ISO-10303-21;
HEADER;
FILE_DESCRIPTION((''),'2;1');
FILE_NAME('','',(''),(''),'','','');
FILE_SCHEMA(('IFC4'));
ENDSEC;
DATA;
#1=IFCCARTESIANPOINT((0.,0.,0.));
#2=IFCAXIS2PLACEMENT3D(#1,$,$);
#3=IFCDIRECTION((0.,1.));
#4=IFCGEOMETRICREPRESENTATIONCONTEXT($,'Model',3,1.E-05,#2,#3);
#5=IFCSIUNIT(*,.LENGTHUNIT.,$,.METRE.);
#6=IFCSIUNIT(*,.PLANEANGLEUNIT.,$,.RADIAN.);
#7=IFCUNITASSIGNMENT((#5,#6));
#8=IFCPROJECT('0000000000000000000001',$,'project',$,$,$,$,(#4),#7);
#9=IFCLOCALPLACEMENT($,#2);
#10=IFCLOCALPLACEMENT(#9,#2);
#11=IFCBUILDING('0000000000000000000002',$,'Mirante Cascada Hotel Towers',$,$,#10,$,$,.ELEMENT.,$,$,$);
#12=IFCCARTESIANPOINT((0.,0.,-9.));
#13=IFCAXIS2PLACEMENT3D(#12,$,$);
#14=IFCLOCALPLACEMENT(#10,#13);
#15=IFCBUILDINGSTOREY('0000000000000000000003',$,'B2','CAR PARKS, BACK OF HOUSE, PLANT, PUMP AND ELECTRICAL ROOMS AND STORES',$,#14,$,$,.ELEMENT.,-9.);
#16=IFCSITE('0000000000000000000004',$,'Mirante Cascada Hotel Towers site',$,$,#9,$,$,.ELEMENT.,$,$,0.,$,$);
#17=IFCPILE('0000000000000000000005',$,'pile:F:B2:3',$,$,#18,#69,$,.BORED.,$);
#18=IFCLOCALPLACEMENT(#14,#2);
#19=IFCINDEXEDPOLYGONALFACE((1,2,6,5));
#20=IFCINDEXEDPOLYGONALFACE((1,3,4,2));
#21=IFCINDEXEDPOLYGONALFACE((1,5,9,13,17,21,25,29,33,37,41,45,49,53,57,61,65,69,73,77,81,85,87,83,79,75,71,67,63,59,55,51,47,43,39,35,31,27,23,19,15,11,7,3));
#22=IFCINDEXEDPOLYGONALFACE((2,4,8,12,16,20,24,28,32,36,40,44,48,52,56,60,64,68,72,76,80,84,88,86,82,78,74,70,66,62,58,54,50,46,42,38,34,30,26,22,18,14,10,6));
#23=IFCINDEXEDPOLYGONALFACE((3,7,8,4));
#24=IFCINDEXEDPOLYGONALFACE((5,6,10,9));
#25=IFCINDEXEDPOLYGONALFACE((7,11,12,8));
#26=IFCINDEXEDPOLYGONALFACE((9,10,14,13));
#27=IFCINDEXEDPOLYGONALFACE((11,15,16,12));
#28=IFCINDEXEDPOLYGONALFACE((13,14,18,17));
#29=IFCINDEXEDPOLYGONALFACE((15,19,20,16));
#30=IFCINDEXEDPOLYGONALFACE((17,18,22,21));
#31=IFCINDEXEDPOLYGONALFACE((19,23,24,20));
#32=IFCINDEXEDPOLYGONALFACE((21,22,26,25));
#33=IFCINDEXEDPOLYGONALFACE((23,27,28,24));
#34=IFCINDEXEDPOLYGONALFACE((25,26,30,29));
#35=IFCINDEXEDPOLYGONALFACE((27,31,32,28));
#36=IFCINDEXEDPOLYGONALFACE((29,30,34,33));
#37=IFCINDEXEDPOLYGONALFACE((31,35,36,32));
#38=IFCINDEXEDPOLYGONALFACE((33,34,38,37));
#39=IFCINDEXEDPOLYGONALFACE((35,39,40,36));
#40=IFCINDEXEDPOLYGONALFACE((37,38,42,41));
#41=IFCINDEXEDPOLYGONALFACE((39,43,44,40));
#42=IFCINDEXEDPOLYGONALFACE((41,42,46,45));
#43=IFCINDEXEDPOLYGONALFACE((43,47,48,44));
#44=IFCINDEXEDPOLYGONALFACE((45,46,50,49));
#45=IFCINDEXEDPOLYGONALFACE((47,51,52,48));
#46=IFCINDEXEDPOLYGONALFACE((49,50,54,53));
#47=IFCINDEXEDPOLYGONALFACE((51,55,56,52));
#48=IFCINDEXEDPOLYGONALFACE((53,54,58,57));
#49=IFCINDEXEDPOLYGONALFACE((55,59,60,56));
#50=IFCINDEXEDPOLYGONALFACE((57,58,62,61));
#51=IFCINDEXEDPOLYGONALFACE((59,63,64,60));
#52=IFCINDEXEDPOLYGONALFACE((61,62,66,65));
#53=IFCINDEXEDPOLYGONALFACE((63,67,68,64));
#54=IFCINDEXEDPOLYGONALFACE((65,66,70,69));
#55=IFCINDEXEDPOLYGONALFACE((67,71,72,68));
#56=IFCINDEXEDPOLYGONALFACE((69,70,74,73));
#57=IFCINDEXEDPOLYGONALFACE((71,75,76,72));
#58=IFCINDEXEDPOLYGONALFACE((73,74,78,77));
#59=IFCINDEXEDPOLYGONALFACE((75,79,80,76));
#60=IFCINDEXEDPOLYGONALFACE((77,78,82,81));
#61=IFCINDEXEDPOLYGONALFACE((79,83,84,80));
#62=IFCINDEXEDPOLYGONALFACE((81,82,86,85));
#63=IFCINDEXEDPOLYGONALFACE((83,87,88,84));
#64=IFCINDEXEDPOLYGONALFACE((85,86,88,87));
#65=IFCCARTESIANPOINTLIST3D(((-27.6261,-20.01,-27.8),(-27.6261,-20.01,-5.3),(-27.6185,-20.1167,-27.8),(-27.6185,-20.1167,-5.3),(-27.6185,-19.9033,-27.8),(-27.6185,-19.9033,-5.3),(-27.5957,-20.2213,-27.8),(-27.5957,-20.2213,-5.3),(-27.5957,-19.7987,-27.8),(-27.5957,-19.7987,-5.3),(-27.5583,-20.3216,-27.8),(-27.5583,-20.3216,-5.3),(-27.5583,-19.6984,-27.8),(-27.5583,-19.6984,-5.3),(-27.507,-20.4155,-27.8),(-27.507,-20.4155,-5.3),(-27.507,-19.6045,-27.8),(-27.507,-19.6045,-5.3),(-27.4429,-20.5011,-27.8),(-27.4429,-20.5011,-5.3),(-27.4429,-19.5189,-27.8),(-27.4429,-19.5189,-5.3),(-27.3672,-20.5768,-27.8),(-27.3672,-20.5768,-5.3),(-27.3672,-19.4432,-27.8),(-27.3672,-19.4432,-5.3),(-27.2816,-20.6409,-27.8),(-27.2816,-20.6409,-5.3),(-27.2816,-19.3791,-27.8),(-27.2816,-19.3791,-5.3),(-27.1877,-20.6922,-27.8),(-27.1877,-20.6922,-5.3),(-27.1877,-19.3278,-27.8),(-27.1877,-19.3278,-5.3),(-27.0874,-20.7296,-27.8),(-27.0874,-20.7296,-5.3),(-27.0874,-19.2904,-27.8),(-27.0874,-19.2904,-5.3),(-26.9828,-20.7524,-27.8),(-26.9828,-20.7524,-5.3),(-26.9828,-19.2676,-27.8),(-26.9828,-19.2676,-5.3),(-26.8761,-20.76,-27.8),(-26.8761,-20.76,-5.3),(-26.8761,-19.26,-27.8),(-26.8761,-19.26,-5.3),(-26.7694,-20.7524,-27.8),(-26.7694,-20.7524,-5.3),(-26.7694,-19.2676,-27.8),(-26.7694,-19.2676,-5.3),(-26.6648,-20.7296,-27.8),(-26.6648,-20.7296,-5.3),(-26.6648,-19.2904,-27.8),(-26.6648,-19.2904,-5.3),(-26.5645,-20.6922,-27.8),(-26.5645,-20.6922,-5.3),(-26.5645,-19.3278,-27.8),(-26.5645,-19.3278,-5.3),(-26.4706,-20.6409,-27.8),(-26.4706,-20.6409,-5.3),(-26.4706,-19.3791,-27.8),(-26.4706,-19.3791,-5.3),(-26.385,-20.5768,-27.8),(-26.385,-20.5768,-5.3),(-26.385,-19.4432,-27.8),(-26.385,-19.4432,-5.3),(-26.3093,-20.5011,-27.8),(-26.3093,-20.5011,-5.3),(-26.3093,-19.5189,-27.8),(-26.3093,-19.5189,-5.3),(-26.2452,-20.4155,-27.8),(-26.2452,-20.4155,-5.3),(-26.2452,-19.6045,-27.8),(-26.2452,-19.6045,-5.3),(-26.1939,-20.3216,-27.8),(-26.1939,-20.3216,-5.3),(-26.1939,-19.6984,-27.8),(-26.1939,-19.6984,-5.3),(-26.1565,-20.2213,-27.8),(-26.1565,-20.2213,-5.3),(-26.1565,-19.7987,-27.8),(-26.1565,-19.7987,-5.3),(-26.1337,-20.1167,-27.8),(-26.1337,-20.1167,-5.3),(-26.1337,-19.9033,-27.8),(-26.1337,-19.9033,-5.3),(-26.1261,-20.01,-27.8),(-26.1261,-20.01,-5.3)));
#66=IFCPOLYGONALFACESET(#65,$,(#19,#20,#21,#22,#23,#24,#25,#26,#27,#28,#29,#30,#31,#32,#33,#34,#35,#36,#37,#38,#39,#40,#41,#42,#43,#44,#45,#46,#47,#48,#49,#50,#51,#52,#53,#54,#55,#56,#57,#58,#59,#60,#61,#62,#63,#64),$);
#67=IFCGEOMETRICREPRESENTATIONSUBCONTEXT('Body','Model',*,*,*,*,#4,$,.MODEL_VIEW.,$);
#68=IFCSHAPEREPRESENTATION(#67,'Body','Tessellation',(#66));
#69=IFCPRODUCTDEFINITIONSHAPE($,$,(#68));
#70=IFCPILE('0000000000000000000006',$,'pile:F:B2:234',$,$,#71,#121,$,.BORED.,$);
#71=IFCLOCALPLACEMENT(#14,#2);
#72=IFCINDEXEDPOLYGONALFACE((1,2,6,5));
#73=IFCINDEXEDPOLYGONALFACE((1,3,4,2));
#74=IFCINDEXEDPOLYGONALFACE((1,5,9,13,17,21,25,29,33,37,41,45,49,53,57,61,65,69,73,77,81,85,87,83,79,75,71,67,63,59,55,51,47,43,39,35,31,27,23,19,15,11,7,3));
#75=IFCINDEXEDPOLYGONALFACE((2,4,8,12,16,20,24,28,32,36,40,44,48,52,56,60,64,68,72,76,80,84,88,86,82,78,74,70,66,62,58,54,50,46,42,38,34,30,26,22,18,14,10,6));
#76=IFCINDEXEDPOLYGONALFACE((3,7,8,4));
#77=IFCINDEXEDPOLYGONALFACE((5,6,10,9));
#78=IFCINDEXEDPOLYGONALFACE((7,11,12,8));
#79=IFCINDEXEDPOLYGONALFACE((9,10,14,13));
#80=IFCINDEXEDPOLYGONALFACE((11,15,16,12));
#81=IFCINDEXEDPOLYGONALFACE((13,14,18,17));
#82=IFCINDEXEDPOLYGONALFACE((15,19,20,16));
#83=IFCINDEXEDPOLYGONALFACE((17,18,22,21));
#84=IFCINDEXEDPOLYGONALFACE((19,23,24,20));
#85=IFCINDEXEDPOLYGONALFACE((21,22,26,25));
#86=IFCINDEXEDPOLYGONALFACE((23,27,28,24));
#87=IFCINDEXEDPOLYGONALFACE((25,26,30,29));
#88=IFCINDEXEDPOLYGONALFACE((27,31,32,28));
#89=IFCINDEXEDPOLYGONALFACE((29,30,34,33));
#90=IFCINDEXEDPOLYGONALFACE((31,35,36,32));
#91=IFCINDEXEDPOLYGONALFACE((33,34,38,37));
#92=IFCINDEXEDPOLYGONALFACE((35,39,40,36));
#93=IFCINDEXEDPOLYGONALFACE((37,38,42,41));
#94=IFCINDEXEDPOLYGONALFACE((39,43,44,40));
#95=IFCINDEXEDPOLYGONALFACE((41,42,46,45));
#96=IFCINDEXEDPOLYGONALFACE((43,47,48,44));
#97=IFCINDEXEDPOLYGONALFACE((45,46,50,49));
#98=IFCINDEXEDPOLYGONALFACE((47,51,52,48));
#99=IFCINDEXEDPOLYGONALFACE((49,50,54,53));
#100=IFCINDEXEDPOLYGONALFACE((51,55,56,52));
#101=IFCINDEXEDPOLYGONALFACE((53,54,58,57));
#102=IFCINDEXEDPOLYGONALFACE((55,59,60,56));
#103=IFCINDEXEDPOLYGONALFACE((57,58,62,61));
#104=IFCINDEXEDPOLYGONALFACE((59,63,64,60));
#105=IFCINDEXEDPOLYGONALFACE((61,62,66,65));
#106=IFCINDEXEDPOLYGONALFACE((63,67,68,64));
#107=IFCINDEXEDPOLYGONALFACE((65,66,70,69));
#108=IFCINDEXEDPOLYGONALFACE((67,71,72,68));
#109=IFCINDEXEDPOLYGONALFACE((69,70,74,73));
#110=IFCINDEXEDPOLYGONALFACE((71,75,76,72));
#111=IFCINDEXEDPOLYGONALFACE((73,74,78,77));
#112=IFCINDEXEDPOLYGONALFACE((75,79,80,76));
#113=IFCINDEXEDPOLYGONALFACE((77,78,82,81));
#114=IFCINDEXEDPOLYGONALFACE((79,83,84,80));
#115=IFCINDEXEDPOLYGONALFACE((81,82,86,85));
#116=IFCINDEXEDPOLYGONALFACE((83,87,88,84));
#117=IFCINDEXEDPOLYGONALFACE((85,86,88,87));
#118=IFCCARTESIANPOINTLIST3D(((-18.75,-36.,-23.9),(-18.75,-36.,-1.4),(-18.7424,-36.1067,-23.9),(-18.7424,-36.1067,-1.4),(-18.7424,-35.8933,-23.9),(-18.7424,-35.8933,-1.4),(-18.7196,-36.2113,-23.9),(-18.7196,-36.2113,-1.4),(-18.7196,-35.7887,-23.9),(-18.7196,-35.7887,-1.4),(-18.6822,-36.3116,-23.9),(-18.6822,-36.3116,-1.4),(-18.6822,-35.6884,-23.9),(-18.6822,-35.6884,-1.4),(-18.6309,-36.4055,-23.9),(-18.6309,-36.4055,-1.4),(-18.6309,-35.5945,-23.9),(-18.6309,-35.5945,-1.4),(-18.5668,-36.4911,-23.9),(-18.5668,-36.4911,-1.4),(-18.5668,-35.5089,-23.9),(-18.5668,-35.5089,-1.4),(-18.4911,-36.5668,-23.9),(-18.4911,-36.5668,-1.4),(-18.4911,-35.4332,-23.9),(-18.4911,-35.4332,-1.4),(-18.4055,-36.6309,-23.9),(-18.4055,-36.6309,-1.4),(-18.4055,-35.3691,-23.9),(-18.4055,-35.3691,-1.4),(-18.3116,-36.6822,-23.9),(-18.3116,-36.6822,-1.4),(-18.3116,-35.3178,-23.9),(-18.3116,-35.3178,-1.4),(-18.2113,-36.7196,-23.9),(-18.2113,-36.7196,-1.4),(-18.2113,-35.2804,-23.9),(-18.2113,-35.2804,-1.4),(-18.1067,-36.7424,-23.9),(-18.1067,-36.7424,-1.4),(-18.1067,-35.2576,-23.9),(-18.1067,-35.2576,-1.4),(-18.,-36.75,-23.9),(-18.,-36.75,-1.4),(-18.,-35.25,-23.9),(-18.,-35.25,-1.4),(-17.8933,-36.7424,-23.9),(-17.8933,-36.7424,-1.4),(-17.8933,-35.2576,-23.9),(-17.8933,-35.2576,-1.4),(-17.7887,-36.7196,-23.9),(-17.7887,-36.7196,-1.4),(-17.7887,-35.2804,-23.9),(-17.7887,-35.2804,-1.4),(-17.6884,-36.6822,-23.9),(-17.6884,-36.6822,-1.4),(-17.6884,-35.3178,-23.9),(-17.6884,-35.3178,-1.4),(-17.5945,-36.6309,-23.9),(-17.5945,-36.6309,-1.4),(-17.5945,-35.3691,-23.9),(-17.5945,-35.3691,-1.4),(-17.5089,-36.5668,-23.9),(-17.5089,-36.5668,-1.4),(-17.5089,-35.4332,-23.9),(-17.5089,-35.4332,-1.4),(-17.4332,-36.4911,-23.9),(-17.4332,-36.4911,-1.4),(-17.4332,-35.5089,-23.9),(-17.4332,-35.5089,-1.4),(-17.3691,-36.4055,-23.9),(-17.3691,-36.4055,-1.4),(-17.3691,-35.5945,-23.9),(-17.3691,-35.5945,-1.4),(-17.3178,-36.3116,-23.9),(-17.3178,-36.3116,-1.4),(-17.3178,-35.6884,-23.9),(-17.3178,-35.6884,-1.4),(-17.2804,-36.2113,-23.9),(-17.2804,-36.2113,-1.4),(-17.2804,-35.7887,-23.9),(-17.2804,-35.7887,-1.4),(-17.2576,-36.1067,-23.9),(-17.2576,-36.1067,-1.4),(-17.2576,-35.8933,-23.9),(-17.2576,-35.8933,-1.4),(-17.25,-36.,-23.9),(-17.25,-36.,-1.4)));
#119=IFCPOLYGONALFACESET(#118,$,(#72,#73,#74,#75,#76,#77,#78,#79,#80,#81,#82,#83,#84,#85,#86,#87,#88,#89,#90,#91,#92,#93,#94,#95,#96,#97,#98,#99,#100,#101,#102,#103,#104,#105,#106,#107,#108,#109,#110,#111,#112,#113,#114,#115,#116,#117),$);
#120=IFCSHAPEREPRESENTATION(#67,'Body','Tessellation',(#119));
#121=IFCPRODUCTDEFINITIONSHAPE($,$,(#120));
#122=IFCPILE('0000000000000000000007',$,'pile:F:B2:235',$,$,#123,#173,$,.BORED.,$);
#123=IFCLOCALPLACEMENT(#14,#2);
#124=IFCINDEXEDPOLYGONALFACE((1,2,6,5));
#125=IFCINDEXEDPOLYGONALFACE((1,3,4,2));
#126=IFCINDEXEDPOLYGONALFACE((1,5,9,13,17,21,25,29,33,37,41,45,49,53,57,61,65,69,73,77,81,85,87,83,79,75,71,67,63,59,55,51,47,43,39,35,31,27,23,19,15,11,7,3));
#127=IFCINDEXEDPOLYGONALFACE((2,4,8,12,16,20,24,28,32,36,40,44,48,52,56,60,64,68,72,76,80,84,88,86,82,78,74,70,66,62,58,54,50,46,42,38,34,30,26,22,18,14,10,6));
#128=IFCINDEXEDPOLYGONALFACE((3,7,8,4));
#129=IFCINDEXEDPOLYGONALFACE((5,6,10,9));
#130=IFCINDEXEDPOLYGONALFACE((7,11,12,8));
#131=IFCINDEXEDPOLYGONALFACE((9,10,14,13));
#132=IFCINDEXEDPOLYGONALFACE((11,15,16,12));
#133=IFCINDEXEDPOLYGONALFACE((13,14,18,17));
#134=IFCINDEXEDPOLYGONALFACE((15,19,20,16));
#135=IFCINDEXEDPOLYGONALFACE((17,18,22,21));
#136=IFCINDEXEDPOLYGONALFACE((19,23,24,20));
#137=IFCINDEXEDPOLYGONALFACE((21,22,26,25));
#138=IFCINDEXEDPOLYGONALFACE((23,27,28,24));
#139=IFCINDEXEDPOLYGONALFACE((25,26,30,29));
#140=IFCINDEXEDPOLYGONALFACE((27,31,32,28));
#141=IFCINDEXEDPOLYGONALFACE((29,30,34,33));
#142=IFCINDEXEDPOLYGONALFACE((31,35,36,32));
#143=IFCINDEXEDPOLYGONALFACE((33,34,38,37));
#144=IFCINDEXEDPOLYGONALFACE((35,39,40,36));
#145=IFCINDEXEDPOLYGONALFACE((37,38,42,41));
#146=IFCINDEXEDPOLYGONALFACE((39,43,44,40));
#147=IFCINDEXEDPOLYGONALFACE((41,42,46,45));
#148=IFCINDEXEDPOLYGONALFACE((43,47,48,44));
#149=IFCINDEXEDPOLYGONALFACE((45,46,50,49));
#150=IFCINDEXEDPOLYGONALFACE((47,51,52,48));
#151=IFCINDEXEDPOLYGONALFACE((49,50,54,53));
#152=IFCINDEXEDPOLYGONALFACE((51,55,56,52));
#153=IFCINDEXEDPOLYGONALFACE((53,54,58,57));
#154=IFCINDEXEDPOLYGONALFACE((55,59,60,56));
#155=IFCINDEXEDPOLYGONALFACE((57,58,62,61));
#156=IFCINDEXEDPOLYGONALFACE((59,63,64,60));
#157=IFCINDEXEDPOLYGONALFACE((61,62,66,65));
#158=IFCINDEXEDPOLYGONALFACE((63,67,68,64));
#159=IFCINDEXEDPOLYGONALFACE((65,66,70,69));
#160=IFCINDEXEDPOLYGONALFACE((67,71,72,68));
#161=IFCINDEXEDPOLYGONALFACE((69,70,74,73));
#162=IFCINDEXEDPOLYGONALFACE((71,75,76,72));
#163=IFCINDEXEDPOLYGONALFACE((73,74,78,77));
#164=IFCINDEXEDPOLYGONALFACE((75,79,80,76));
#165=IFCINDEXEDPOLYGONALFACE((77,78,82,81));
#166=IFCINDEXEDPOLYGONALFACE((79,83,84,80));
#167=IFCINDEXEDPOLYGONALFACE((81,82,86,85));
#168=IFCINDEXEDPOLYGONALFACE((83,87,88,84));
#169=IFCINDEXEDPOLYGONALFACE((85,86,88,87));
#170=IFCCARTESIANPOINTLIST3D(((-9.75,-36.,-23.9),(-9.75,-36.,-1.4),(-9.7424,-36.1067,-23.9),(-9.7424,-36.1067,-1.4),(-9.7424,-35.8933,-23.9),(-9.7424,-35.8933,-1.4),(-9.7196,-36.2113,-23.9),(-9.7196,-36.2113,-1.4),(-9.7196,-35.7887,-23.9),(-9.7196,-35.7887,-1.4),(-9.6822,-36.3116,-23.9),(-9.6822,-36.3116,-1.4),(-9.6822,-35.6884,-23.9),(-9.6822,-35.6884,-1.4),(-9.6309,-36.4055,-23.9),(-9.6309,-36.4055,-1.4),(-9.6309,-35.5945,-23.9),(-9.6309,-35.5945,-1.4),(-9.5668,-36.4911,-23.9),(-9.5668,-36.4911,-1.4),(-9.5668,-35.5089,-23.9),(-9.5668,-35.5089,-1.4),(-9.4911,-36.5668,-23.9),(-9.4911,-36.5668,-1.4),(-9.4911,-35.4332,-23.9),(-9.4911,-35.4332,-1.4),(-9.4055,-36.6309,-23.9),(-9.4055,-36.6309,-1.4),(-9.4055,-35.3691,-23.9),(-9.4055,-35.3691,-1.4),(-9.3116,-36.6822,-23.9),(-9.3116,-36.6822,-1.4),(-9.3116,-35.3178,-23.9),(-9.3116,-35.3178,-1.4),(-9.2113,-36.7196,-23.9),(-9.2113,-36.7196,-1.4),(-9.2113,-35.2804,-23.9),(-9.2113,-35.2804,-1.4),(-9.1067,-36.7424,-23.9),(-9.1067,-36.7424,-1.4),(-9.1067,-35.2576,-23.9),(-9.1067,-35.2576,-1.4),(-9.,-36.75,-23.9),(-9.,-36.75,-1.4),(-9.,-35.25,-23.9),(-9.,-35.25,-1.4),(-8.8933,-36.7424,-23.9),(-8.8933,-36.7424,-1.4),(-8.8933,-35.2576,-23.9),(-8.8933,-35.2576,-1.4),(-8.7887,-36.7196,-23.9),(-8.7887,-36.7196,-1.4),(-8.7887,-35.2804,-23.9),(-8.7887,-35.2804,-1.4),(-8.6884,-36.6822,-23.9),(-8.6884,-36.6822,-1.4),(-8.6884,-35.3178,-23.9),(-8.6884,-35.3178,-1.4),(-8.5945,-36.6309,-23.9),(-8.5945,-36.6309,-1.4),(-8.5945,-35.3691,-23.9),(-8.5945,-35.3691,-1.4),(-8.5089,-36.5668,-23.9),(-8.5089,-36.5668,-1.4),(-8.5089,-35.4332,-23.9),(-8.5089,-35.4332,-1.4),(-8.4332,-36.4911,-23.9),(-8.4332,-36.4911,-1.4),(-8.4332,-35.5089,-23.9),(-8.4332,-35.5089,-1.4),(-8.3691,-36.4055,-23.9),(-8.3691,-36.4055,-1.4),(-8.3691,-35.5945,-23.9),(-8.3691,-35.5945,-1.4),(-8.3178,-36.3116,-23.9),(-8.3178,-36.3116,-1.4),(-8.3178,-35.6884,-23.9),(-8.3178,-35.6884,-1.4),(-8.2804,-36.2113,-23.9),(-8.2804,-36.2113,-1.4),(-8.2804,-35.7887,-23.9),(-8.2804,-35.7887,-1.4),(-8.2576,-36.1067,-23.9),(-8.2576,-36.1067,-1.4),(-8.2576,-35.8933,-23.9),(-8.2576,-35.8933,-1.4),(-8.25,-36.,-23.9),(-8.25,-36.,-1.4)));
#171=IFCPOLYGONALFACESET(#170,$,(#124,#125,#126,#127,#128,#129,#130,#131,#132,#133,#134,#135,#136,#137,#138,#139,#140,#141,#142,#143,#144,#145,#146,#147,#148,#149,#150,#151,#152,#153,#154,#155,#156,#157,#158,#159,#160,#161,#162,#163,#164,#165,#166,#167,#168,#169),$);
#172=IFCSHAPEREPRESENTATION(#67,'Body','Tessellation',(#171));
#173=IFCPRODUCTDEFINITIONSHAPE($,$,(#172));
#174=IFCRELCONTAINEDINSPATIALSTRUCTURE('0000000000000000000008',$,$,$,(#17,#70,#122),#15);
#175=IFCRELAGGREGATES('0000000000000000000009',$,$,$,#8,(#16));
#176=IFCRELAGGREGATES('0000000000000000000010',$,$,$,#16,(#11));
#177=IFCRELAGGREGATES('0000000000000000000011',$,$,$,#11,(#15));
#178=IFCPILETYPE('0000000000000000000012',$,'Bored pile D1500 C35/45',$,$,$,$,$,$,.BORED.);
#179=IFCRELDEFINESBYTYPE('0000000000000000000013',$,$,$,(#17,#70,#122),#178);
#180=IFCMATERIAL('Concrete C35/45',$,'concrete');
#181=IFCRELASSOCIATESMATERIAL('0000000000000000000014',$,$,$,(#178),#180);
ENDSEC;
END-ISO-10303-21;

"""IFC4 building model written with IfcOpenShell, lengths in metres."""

from ifc_helpers import new_model, si_unit, direction, frame, origin, origin_2d, place, context, subcontext, project, spatial, circle, extrude, material, material_profile, profile_set, type_object, element, save


model = new_model("IFC4")

# Units and contexts
model_context = context("Model", 3, precision=1e-05, world=origin(), true_north=direction((0.0, 1.0)))
body_context = subcontext(model_context, "Body", "Model", "MODEL_VIEW")
ifc_project = project(units=[si_unit("LENGTHUNIT", "METRE"), si_unit("PLANEANGLEUNIT", "RADIAN")], contexts=[model_context])

# Site, building, storey
site_placement = place(None, origin())
site = spatial("IfcSite", under=ifc_project, at=site_placement, Name="Mirante Cascada Hotel Towers site", CompositionType="ELEMENT", RefElevation=0.0)
building_placement = place(site_placement, origin())
building = spatial("IfcBuilding", under=site, at=building_placement, Name="Mirante Cascada Hotel Towers", CompositionType="ELEMENT")
storey_placement = place(building_placement, frame((0.0, 0.0, -9.0)))
storey = spatial("IfcBuildingStorey", under=building, at=storey_placement, Name="B2", Description="CAR PARKS, BACK OF HOUSE, PLANT, PUMP AND ELECTRICAL ROOMS AND STORES", CompositionType="ELEMENT", Elevation=-9.0)

# Piles
ifc_material_1 = material(Name="Concrete C35/45", Category="concrete")
ifc_material_profile_1 = material_profile(ifc_material_1, circle(Radius=0.75, at=origin_2d()), Name="RC D1500")
ifc_profile_set_1 = profile_set([ifc_material_profile_1], Name="Concrete C35/45")
pile_type = type_object("IfcPileType", Name="Bored pile D1500 C35/45", PredefinedType="BORED", material=ifc_profile_set_1)
for number, where, z_axis, x_axis, name in (
    (1, (-26.8761, -20.01, -5.3), (0.0, 0.0, -1.0), (1.0, 0.0, 0.0), "pile:F:B2:3"),
    (2, (-18.0, -36.0, -1.4), (0.0, 0.0, -1.0), (1.0, 0.0, 0.0), "pile:F:B2:234"),
    (3, (-9.0, -36.0, -1.4), (0.0, 0.0, -1.0), (1.0, 0.0, 0.0), "pile:F:B2:235"),
):
    element("IfcPile", number, at=place(storey_placement, frame(where, z_axis=z_axis, x_axis=x_axis)), inside=storey, type_object=pile_type, Name=name, PredefinedType="BORED", context=body_context, shape_type="SweptSolid", body=[
        extrude(circle(Radius=0.75, at=origin_2d()), origin(), (0.0, 0.0, 1.0), 22.5),
    ])

save(model, "model.ifc")
